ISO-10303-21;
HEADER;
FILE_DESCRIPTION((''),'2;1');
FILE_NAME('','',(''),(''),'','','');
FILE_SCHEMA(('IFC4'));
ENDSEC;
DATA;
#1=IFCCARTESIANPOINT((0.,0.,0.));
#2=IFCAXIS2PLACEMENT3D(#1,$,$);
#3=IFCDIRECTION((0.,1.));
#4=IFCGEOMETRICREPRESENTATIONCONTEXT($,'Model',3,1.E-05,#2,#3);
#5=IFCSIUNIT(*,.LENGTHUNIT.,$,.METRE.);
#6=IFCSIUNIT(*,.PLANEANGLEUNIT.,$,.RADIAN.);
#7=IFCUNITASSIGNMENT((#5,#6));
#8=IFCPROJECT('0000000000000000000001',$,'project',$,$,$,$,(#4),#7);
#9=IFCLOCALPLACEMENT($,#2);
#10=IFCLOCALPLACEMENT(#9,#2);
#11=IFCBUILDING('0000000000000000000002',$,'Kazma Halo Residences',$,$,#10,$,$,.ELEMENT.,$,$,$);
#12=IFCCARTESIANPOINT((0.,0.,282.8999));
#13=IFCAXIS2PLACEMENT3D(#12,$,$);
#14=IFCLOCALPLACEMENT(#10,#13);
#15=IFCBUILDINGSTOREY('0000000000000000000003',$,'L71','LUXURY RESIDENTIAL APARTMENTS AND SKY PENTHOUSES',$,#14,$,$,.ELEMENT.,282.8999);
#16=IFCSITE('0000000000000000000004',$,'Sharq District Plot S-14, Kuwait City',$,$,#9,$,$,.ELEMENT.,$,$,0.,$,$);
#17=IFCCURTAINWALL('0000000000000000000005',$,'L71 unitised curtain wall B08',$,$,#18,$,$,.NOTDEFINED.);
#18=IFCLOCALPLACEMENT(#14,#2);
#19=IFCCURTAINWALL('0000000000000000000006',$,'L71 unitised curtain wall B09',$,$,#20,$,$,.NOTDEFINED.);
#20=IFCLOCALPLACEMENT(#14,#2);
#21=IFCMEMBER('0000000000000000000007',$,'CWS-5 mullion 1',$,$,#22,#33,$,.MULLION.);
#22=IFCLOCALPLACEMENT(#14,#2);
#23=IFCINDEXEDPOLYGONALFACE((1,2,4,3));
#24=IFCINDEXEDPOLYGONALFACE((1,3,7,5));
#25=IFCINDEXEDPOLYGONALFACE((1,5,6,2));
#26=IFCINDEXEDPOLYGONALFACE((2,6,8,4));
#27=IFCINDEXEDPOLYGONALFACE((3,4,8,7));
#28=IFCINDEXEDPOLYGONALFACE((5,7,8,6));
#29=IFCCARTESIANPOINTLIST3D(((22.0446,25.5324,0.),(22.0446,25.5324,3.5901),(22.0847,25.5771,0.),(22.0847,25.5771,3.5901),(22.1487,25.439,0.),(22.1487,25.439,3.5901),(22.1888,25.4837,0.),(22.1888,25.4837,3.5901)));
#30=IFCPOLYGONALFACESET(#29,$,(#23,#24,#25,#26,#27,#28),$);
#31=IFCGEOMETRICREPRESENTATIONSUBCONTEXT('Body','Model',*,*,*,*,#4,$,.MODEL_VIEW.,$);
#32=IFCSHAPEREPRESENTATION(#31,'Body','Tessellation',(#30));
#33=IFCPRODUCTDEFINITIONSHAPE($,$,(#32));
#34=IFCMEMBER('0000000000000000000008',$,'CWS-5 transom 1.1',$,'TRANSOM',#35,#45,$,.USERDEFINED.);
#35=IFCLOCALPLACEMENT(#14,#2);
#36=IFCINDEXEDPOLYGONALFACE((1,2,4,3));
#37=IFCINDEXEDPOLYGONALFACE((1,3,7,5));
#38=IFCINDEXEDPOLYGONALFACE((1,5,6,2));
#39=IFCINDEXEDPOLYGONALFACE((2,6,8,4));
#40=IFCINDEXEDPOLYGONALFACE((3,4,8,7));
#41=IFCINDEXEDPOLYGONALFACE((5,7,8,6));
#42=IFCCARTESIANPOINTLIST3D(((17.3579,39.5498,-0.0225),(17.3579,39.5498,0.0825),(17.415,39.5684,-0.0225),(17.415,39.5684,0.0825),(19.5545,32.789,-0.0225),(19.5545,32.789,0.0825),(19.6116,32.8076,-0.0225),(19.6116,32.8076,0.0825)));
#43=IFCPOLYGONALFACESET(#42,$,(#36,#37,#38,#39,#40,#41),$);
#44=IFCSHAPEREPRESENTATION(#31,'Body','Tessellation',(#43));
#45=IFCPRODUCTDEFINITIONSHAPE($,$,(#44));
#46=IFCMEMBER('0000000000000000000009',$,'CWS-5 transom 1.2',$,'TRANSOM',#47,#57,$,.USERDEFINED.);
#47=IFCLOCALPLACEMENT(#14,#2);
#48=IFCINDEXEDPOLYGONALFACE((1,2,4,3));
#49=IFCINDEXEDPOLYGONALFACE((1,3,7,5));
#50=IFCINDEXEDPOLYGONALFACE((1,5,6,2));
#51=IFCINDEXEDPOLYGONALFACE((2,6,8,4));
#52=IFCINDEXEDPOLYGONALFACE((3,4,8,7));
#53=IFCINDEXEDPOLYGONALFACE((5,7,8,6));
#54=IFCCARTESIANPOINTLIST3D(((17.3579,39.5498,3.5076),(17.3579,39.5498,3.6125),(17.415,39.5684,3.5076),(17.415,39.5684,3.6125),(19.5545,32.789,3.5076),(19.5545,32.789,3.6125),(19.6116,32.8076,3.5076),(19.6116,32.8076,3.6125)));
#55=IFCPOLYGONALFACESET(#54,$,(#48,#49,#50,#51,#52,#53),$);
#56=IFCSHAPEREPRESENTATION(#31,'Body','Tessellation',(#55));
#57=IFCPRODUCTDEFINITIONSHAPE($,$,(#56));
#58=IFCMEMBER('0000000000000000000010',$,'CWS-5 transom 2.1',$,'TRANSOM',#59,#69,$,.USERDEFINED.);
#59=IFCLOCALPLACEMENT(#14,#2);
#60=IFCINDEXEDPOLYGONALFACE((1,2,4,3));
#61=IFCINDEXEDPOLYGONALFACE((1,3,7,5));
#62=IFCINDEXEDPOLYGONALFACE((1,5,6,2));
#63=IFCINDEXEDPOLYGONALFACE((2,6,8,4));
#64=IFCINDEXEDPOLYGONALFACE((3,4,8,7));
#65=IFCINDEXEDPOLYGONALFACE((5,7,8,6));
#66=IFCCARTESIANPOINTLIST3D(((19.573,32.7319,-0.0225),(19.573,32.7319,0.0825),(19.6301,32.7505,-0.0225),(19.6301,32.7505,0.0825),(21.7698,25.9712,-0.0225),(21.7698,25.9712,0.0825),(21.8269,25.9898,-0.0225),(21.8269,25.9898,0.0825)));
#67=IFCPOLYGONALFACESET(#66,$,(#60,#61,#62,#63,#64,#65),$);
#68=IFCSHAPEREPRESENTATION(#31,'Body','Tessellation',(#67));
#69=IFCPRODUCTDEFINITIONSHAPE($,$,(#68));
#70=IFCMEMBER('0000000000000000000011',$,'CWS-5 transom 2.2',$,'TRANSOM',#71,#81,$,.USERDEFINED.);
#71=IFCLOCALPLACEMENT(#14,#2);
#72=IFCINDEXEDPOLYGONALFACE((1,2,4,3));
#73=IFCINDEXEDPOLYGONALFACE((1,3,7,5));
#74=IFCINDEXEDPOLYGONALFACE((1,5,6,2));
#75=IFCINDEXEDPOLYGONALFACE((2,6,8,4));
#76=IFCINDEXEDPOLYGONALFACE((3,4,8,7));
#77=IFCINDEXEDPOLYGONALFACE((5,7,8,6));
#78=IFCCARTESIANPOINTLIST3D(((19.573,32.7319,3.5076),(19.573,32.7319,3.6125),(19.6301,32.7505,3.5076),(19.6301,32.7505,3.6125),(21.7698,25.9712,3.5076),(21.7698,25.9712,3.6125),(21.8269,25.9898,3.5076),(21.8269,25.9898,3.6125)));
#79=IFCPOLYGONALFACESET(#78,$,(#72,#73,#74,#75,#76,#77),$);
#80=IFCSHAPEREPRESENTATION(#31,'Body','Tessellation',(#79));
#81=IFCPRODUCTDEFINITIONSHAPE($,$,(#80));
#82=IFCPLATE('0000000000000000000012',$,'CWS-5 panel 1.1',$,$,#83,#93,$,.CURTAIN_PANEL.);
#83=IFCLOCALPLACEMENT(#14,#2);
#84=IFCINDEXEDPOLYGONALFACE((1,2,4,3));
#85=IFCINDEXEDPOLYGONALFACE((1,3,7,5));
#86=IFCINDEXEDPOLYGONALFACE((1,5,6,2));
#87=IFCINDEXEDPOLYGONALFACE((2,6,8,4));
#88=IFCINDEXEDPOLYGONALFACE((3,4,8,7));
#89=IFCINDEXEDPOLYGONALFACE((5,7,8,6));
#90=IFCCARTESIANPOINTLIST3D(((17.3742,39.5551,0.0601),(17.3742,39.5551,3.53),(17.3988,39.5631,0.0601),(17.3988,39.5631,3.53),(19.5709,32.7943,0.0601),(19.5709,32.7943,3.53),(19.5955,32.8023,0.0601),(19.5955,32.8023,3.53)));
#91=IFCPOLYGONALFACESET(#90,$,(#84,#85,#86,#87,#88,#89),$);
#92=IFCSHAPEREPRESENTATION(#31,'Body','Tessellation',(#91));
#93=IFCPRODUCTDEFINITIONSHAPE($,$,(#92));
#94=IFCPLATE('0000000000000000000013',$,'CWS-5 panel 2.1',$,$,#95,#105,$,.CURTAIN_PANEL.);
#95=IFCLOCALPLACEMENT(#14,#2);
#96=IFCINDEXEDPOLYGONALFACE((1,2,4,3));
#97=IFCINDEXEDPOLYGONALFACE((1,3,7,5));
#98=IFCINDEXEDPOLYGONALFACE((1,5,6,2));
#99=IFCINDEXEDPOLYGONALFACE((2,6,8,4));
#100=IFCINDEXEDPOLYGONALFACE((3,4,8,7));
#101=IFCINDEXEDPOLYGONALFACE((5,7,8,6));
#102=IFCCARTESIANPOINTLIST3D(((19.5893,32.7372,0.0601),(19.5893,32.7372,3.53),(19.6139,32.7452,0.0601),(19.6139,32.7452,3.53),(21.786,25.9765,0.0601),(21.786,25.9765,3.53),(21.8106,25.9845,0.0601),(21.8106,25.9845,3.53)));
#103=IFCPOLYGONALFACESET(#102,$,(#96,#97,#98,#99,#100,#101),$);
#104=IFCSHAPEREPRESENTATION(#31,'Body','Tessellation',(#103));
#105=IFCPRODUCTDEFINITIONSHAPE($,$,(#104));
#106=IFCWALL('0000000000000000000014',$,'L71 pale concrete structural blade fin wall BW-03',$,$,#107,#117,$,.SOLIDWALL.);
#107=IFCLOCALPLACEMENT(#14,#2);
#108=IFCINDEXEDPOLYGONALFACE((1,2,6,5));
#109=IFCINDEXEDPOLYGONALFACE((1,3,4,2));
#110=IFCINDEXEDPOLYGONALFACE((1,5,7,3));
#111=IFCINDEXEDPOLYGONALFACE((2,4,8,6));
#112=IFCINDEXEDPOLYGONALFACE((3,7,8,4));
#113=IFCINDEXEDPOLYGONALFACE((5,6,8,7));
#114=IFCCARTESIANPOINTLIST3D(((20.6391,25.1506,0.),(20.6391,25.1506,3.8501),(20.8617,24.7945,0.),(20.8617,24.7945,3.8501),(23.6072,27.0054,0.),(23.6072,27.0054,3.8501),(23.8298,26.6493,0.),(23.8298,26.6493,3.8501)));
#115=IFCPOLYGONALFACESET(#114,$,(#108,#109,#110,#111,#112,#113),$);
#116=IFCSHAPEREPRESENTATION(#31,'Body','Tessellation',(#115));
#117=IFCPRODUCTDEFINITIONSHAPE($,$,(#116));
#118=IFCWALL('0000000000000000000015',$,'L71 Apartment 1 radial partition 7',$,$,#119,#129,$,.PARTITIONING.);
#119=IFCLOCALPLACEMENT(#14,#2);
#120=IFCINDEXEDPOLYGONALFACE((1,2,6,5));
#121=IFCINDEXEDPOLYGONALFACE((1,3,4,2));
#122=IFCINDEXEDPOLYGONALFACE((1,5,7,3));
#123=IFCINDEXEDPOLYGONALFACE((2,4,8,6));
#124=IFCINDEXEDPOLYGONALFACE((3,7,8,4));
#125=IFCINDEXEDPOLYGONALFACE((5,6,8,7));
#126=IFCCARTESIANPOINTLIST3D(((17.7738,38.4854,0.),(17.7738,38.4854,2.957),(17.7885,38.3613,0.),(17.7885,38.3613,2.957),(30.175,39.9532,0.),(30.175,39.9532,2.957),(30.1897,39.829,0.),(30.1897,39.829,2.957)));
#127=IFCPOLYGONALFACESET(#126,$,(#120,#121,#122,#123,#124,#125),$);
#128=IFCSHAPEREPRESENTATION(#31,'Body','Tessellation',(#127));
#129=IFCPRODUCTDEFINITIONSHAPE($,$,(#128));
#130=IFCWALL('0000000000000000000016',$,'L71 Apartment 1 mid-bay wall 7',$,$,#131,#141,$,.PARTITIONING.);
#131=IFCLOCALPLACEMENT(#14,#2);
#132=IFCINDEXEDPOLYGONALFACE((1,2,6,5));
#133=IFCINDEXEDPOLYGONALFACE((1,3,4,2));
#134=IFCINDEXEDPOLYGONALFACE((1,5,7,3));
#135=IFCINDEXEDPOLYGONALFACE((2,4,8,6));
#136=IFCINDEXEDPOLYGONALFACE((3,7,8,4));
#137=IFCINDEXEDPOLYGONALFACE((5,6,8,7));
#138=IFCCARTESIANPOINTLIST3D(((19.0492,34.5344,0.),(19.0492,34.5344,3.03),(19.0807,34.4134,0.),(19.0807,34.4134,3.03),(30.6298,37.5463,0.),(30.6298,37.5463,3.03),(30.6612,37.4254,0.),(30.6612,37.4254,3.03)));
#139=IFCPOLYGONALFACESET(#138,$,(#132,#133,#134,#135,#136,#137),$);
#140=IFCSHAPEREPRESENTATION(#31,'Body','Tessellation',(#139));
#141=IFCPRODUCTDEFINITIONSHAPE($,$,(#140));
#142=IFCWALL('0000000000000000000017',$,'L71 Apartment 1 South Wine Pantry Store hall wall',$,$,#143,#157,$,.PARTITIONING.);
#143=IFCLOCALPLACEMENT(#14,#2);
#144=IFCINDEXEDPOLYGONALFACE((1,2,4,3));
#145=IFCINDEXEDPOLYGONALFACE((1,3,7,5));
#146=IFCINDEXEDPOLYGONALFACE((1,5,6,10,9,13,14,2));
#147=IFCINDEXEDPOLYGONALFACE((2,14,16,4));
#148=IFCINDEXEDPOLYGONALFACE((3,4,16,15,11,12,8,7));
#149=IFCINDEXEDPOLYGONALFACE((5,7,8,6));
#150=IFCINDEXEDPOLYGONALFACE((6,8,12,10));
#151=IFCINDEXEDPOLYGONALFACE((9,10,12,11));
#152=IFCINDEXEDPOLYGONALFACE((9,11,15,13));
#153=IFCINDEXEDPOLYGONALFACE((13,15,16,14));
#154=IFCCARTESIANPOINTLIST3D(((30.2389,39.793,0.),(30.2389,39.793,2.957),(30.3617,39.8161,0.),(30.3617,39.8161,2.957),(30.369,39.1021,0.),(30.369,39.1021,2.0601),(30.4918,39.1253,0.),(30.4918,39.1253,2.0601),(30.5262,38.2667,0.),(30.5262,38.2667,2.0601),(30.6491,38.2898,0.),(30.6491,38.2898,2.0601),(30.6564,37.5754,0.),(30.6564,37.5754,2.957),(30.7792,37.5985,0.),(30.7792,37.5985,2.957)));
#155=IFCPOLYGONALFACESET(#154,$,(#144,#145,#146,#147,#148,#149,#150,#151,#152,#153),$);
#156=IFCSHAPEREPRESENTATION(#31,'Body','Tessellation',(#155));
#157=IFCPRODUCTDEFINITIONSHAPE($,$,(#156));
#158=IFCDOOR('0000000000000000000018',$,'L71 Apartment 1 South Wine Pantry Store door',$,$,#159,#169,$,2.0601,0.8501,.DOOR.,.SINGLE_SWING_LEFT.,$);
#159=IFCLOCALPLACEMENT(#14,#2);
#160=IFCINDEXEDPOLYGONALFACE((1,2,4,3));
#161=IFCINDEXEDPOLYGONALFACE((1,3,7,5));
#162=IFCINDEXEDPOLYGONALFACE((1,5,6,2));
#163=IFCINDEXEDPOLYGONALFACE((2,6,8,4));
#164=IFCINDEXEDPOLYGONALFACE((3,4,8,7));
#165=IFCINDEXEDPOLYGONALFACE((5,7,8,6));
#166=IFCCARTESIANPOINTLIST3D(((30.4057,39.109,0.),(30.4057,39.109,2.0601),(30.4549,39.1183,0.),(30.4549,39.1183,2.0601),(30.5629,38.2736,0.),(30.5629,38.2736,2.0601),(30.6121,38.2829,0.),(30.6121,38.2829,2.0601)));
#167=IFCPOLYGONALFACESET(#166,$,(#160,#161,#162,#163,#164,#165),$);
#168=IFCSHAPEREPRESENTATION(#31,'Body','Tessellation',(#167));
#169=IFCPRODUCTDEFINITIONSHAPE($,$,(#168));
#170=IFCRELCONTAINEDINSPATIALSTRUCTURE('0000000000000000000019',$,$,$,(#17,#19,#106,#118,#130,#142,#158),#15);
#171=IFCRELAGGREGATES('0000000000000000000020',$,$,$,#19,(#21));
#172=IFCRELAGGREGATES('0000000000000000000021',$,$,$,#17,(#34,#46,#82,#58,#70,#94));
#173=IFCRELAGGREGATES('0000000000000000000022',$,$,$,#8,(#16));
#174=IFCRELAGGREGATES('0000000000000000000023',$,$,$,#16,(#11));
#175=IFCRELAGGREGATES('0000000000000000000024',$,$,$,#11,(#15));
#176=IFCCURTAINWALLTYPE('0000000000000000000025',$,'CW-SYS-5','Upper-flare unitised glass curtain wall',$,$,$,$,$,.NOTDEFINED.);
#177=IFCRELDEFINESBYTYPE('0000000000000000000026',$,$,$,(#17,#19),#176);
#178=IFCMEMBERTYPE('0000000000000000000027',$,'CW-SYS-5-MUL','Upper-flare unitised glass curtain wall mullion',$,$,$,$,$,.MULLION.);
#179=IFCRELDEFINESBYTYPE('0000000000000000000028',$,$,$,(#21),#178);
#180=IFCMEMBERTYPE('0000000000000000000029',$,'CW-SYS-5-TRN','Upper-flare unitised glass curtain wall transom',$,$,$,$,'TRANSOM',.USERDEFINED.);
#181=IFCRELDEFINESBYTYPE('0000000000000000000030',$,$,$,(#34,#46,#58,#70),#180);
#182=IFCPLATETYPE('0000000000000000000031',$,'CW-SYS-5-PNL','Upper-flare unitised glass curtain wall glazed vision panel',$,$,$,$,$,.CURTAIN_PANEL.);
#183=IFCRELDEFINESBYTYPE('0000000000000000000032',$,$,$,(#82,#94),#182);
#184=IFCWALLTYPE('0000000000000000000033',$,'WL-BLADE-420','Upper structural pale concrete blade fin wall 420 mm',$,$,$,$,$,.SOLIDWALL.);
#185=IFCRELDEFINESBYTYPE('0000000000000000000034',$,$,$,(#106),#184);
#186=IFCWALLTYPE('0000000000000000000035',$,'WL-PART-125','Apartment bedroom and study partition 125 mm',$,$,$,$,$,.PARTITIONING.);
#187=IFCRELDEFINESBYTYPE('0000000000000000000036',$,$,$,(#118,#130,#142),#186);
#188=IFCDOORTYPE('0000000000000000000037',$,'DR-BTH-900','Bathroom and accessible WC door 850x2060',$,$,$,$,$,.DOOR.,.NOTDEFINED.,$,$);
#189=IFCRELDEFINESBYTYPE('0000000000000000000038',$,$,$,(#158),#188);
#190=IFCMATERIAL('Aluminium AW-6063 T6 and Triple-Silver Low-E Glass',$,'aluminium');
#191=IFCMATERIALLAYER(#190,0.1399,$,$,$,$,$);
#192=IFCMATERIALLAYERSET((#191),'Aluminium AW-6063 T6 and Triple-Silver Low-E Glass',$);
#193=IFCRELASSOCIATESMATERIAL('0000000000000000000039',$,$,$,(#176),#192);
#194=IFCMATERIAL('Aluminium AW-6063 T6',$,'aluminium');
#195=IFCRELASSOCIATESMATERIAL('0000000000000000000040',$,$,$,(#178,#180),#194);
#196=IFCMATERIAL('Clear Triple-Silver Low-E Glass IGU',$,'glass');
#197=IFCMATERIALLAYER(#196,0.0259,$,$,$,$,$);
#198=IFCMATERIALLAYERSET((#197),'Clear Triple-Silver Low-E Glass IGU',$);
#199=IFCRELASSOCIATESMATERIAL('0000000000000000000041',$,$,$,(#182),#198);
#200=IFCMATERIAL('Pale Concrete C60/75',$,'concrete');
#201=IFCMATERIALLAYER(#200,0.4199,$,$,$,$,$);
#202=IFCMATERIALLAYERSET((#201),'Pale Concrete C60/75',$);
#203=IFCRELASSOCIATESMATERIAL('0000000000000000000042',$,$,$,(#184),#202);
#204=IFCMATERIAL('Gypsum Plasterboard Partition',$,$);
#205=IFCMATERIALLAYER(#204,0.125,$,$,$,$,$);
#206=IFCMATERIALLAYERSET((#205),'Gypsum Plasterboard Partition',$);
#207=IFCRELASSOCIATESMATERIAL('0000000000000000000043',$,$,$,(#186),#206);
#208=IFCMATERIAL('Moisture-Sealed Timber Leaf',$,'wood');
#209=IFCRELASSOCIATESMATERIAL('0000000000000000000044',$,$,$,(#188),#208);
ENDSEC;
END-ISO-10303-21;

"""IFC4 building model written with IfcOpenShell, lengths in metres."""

from ifc_helpers import new_model, si_unit, direction, frame, frame_2d, origin, origin_2d, place, context, subcontext, project, spatial, rectangle, extrude, material, layer, layer_set, material_profile, profile_set, type_object, element, fill, aggregate, save


model = new_model("IFC4")

# Units and contexts
model_context = context("Model", 3, precision=1e-05, world=origin(), true_north=direction((0.0, 1.0)))
body_context = subcontext(model_context, "Body", "Model", "MODEL_VIEW")
ifc_project = project(units=[si_unit("LENGTHUNIT", "METRE"), si_unit("PLANEANGLEUNIT", "RADIAN")], contexts=[model_context])

# Site, building, storey
site_placement = place(None, origin())
site = spatial("IfcSite", under=ifc_project, at=site_placement, Name="Sharq District Plot S-14, Kuwait City", CompositionType="ELEMENT", RefElevation=0.0)
building_placement = place(site_placement, origin())
building = spatial("IfcBuilding", under=site, at=building_placement, Name="Kazma Halo Residences", CompositionType="ELEMENT")
storey_placement = place(building_placement, frame((0.0, 0.0, 282.8999)))
storey = spatial("IfcBuildingStorey", under=building, at=storey_placement, Name="L71", Description="LUXURY RESIDENTIAL APARTMENTS AND SKY PENTHOUSES", CompositionType="ELEMENT", Elevation=282.8999)

# Curtain wall
ifc_material_1 = material(Name="Aluminium AW-6063 T6 and Triple-Silver Low-E Glass", Category="aluminium")
ifc_layer_1 = layer(ifc_material_1, 0.1399)
ifc_layer_set_1 = layer_set([ifc_layer_1], Name="Aluminium AW-6063 T6 and Triple-Silver Low-E Glass")
curtain_wall_type = type_object("IfcCurtainWallType", Name="CW-SYS-5", Description="Upper-flare unitised glass curtain wall", PredefinedType="NOTDEFINED", material=ifc_layer_set_1)
curtain_wall_1_placement = place(storey_placement, origin())
curtain_wall_1 = element("IfcCurtainWall", 1, at=curtain_wall_1_placement, inside=storey, type_object=curtain_wall_type, Name="L71 unitised curtain wall B08", PredefinedType="NOTDEFINED")
ifc_material_2 = material(Name="Aluminium AW-6063 T6", Category="aluminium")
ifc_material_profile_1 = material_profile(ifc_material_2, rectangle(XDim=0.0601, YDim=0.1399, at=origin_2d()), Name="CWM-60x140")
ifc_profile_set_1 = profile_set([ifc_material_profile_1], Name="Aluminium AW-6063 T6")
member_type_1 = type_object("IfcMemberType", Name="CW-SYS-5-MUL", Description="Upper-flare unitised glass curtain wall mullion", PredefinedType="MULLION", material=ifc_profile_set_1)

# Curtain wall, member
curtain_wall_2_placement = place(storey_placement, origin())
curtain_wall_2 = element("IfcCurtainWall", 2, at=curtain_wall_2_placement, inside=storey, type_object=curtain_wall_type, Name="L71 unitised curtain wall B09", PredefinedType="NOTDEFINED")
member_1_placement = place(storey_placement, frame((22.1167, 25.5081, 0.0), z_axis=(0.0, 0.0, 1.0), x_axis=(0.667805, 0.744336, 0.0)))
member_1 = element("IfcMember", 3, at=member_1_placement, type_object=member_type_1, Name="CWS-5 mullion 1", PredefinedType="MULLION", context=body_context, shape_type="SweptSolid", body=[
    extrude(rectangle(XDim=0.0601, YDim=0.1399, at=origin_2d()), origin(), (0.0, 0.0, 1.0), 3.5901),
])
aggregate(curtain_wall_2, [member_1])

# Members
ifc_material_profile_2 = material_profile(ifc_material_2, rectangle(XDim=0.0601, YDim=0.105, at=origin_2d()), Name="CWT-60x105")
ifc_profile_set_2 = profile_set([ifc_material_profile_2], Name="Aluminium AW-6063 T6")
member_type_2 = type_object("IfcMemberType", Name="CW-SYS-5-TRN", Description="Upper-flare unitised glass curtain wall transom", ElementType="TRANSOM", PredefinedType="USERDEFINED", material=ifc_profile_set_2)
member_2_placement = place(storey_placement, frame((17.3865, 39.5591, 0.03), z_axis=(0.308996, -0.951063, 0.0), x_axis=(0.951063, 0.308996, 0.0)))
member_2 = element("IfcMember", 4, at=member_2_placement, type_object=member_type_2, Name="CWS-5 transom 1.1", ObjectType="TRANSOM", PredefinedType="USERDEFINED", context=body_context, shape_type="SweptSolid", body=[
    extrude(rectangle(XDim=0.0601, YDim=0.105, at=origin_2d()), origin(), (0.0, 0.0, 1.0), 7.1086),
])
member_3_placement = place(storey_placement, frame((17.3865, 39.5591, 3.5601), z_axis=(0.308996, -0.951063, 0.0), x_axis=(0.951063, 0.308996, 0.0)))
member_3 = element("IfcMember", 5, at=member_3_placement, type_object=member_type_2, Name="CWS-5 transom 1.2", ObjectType="TRANSOM", PredefinedType="USERDEFINED", context=body_context, shape_type="SweptSolid", body=[
    extrude(rectangle(XDim=0.0601, YDim=0.105, at=origin_2d()), origin(), (0.0, 0.0, 1.0), 7.1086),
])
member_4_placement = place(storey_placement, frame((19.6016, 32.7412, 0.03), z_axis=(0.309027, -0.951053, 0.0), x_axis=(0.951053, 0.309027, 0.0)))
member_4 = element("IfcMember", 6, at=member_4_placement, type_object=member_type_2, Name="CWS-5 transom 2.1", ObjectType="TRANSOM", PredefinedType="USERDEFINED", context=body_context, shape_type="SweptSolid", body=[
    extrude(rectangle(XDim=0.0601, YDim=0.105, at=origin_2d()), origin(), (0.0, 0.0, 1.0), 7.1086),
])
member_5_placement = place(storey_placement, frame((19.6016, 32.7412, 3.5601), z_axis=(0.309027, -0.951053, 0.0), x_axis=(0.951053, 0.309027, 0.0)))
member_5 = element("IfcMember", 7, at=member_5_placement, type_object=member_type_2, Name="CWS-5 transom 2.2", ObjectType="TRANSOM", PredefinedType="USERDEFINED", context=body_context, shape_type="SweptSolid", body=[
    extrude(rectangle(XDim=0.0601, YDim=0.105, at=origin_2d()), origin(), (0.0, 0.0, 1.0), 7.1086),
])

# Plates
ifc_material_3 = material(Name="Clear Triple-Silver Low-E Glass IGU", Category="glass")
ifc_layer_2 = layer(ifc_material_3, 0.0259)
ifc_layer_set_2 = layer_set([ifc_layer_2], Name="Clear Triple-Silver Low-E Glass IGU")
plate_type = type_object("IfcPlateType", Name="CW-SYS-5-PNL", Description="Upper-flare unitised glass curtain wall glazed vision panel", PredefinedType="CURTAIN_PANEL", material=ifc_layer_set_2)
plate_1_placement = place(storey_placement, frame((18.4849, 36.1787, 0.0601), z_axis=(0.0, 0.0, 1.0), x_axis=(0.309011, -0.951058, 0.0)))
plate_1 = element("IfcPlate", 8, at=plate_1_placement, type_object=plate_type, Name="CWS-5 panel 1.1", PredefinedType="CURTAIN_PANEL", context=body_context, shape_type="SweptSolid", body=[
    extrude(rectangle(XDim=7.1086, YDim=0.0259, at=origin_2d()), origin(), (0.0, 0.0, 1.0), 3.47),
])
plate_2_placement = place(storey_placement, frame((20.7, 29.3608, 0.0601), z_axis=(0.0, 0.0, 1.0), x_axis=(0.309011, -0.951058, 0.0)))
plate_2 = element("IfcPlate", 9, at=plate_2_placement, type_object=plate_type, Name="CWS-5 panel 2.1", PredefinedType="CURTAIN_PANEL", context=body_context, shape_type="SweptSolid", body=[
    extrude(rectangle(XDim=7.1086, YDim=0.0259, at=origin_2d()), origin(), (0.0, 0.0, 1.0), 3.47),
])
aggregate(curtain_wall_1, [member_2, member_3, plate_1, member_4, member_5, plate_2])

# Walls
ifc_material_4 = material(Name="Pale Concrete C60/75", Category="concrete")
ifc_layer_3 = layer(ifc_material_4, 0.4199)
ifc_layer_set_3 = layer_set([ifc_layer_3], Name="Pale Concrete C60/75")
wall_type_1 = type_object("IfcWallType", Name="WL-BLADE-420", Description="Upper structural pale concrete blade fin wall 420 mm", PredefinedType="SOLIDWALL", material=ifc_layer_set_3)
wall_1_placement = place(storey_placement, frame((23.7185, 26.8274, 0.0), z_axis=(0.0, 0.0, 1.0), x_axis=(-0.848034, -0.529943, 0.0)))
element("IfcWall", 10, at=wall_1_placement, inside=storey, type_object=wall_type_1, Name="L71 pale concrete structural blade fin wall BW-03", PredefinedType="SOLIDWALL", context=body_context, shape_type="SweptSolid", body=[
    extrude(rectangle(XDim=3.5, YDim=0.4199, at=frame_2d((1.75, 0.0))), origin(), (0.0, 0.0, 1.0), 3.8501),
])
ifc_material_5 = material(Name="Gypsum Plasterboard Partition")
ifc_layer_4 = layer(ifc_material_5, 0.125)
ifc_layer_set_4 = layer_set([ifc_layer_4], Name="Gypsum Plasterboard Partition")
wall_type_2 = type_object("IfcWallType", Name="WL-PART-125", Description="Apartment bedroom and study partition 125 mm", PredefinedType="PARTITIONING", material=ifc_layer_set_4)
wall_2_placement = place(storey_placement, frame((30.1824, 39.8911, 0.0), z_axis=(0.0, 0.0, 1.0), x_axis=(-0.993068, -0.117538, 0.0)))
element("IfcWall", 11, at=wall_2_placement, inside=storey, type_object=wall_type_2, Name="L71 Apartment 1 radial partition 7", PredefinedType="PARTITIONING", context=body_context, shape_type="SweptSolid", body=[
    extrude(rectangle(XDim=12.4878, YDim=0.125, at=frame_2d((6.2439, 0.0))), origin(), (0.0, 0.0, 1.0), 2.957),
])
wall_3_placement = place(storey_placement, frame((30.6455, 37.4858, 0.0), z_axis=(0.0, 0.0, 1.0), x_axis=(-0.967802, -0.251713, 0.0)))
element("IfcWall", 12, at=wall_3_placement, inside=storey, type_object=wall_type_2, Name="L71 Apartment 1 mid-bay wall 7", PredefinedType="PARTITIONING", context=body_context, shape_type="SweptSolid", body=[
    extrude(rectangle(XDim=11.9658, YDim=0.125, at=frame_2d((5.9829, 0.0))), origin(), (0.0, 0.0, 1.0), 3.03),
])

# Wall, opening, door
wall_4_placement = place(storey_placement, frame((30.3003, 39.8047, 0.0), z_axis=(0.0, 0.0, 1.0), x_axis=(0.185014, -0.982736, 0.0)))
wall_4 = element("IfcWall", 13, at=wall_4_placement, inside=storey, type_object=wall_type_2, Name="L71 Apartment 1 South Wine Pantry Store hall wall", PredefinedType="PARTITIONING", context=body_context, shape_type="SweptSolid", body=[
    extrude(rectangle(XDim=2.2566, YDim=0.125, at=frame_2d((1.1284, 0.0))), origin(), (0.0, 0.0, 1.0), 2.957),
])
opening_1_placement = place(wall_4_placement, frame((0.7031, 0.0, 0.0)))
opening_1 = element("IfcOpeningElement", 14, at=opening_1_placement, cuts=wall_4, PredefinedType="OPENING", context=body_context, shape_type="SweptSolid", body=[
    extrude(rectangle(XDim=0.8501, YDim=2.0601, at=frame_2d((0.425, 1.03))), frame((0.0, 0.0725, 0.0), z_axis=(0.0, -1.0, 0.0), x_axis=(1.0, 0.0, 0.0)), (0.0, 0.0, 1.0), 0.145),
])
ifc_material_6 = material(Name="Moisture-Sealed Timber Leaf", Category="wood")
door_type_1 = type_object("IfcDoorType", Name="DR-BTH-900", Description="Bathroom and accessible WC door 850x2060", OperationType="NOTDEFINED", PredefinedType="DOOR", material=ifc_material_6)
door_1_placement = place(opening_1_placement, origin())
door_1 = element("IfcDoor", 15, at=door_1_placement, inside=storey, type_object=door_type_1, Name="L71 Apartment 1 South Wine Pantry Store door", OperationType="SINGLE_SWING_LEFT", OverallHeight=2.0601, OverallWidth=0.8501, PredefinedType="DOOR", context=body_context, shape_type="SweptSolid", body=[
    extrude(rectangle(XDim=0.8501, YDim=2.0601, at=frame_2d((0.425, 1.03))), frame((0.0, 0.0249, 0.0), z_axis=(0.0, -1.0, 0.0), x_axis=(1.0, 0.0, 0.0)), (0.0, 0.0, 1.0), 0.05),
])
fill(opening_1, door_1)

save(model, "model.ifc")
